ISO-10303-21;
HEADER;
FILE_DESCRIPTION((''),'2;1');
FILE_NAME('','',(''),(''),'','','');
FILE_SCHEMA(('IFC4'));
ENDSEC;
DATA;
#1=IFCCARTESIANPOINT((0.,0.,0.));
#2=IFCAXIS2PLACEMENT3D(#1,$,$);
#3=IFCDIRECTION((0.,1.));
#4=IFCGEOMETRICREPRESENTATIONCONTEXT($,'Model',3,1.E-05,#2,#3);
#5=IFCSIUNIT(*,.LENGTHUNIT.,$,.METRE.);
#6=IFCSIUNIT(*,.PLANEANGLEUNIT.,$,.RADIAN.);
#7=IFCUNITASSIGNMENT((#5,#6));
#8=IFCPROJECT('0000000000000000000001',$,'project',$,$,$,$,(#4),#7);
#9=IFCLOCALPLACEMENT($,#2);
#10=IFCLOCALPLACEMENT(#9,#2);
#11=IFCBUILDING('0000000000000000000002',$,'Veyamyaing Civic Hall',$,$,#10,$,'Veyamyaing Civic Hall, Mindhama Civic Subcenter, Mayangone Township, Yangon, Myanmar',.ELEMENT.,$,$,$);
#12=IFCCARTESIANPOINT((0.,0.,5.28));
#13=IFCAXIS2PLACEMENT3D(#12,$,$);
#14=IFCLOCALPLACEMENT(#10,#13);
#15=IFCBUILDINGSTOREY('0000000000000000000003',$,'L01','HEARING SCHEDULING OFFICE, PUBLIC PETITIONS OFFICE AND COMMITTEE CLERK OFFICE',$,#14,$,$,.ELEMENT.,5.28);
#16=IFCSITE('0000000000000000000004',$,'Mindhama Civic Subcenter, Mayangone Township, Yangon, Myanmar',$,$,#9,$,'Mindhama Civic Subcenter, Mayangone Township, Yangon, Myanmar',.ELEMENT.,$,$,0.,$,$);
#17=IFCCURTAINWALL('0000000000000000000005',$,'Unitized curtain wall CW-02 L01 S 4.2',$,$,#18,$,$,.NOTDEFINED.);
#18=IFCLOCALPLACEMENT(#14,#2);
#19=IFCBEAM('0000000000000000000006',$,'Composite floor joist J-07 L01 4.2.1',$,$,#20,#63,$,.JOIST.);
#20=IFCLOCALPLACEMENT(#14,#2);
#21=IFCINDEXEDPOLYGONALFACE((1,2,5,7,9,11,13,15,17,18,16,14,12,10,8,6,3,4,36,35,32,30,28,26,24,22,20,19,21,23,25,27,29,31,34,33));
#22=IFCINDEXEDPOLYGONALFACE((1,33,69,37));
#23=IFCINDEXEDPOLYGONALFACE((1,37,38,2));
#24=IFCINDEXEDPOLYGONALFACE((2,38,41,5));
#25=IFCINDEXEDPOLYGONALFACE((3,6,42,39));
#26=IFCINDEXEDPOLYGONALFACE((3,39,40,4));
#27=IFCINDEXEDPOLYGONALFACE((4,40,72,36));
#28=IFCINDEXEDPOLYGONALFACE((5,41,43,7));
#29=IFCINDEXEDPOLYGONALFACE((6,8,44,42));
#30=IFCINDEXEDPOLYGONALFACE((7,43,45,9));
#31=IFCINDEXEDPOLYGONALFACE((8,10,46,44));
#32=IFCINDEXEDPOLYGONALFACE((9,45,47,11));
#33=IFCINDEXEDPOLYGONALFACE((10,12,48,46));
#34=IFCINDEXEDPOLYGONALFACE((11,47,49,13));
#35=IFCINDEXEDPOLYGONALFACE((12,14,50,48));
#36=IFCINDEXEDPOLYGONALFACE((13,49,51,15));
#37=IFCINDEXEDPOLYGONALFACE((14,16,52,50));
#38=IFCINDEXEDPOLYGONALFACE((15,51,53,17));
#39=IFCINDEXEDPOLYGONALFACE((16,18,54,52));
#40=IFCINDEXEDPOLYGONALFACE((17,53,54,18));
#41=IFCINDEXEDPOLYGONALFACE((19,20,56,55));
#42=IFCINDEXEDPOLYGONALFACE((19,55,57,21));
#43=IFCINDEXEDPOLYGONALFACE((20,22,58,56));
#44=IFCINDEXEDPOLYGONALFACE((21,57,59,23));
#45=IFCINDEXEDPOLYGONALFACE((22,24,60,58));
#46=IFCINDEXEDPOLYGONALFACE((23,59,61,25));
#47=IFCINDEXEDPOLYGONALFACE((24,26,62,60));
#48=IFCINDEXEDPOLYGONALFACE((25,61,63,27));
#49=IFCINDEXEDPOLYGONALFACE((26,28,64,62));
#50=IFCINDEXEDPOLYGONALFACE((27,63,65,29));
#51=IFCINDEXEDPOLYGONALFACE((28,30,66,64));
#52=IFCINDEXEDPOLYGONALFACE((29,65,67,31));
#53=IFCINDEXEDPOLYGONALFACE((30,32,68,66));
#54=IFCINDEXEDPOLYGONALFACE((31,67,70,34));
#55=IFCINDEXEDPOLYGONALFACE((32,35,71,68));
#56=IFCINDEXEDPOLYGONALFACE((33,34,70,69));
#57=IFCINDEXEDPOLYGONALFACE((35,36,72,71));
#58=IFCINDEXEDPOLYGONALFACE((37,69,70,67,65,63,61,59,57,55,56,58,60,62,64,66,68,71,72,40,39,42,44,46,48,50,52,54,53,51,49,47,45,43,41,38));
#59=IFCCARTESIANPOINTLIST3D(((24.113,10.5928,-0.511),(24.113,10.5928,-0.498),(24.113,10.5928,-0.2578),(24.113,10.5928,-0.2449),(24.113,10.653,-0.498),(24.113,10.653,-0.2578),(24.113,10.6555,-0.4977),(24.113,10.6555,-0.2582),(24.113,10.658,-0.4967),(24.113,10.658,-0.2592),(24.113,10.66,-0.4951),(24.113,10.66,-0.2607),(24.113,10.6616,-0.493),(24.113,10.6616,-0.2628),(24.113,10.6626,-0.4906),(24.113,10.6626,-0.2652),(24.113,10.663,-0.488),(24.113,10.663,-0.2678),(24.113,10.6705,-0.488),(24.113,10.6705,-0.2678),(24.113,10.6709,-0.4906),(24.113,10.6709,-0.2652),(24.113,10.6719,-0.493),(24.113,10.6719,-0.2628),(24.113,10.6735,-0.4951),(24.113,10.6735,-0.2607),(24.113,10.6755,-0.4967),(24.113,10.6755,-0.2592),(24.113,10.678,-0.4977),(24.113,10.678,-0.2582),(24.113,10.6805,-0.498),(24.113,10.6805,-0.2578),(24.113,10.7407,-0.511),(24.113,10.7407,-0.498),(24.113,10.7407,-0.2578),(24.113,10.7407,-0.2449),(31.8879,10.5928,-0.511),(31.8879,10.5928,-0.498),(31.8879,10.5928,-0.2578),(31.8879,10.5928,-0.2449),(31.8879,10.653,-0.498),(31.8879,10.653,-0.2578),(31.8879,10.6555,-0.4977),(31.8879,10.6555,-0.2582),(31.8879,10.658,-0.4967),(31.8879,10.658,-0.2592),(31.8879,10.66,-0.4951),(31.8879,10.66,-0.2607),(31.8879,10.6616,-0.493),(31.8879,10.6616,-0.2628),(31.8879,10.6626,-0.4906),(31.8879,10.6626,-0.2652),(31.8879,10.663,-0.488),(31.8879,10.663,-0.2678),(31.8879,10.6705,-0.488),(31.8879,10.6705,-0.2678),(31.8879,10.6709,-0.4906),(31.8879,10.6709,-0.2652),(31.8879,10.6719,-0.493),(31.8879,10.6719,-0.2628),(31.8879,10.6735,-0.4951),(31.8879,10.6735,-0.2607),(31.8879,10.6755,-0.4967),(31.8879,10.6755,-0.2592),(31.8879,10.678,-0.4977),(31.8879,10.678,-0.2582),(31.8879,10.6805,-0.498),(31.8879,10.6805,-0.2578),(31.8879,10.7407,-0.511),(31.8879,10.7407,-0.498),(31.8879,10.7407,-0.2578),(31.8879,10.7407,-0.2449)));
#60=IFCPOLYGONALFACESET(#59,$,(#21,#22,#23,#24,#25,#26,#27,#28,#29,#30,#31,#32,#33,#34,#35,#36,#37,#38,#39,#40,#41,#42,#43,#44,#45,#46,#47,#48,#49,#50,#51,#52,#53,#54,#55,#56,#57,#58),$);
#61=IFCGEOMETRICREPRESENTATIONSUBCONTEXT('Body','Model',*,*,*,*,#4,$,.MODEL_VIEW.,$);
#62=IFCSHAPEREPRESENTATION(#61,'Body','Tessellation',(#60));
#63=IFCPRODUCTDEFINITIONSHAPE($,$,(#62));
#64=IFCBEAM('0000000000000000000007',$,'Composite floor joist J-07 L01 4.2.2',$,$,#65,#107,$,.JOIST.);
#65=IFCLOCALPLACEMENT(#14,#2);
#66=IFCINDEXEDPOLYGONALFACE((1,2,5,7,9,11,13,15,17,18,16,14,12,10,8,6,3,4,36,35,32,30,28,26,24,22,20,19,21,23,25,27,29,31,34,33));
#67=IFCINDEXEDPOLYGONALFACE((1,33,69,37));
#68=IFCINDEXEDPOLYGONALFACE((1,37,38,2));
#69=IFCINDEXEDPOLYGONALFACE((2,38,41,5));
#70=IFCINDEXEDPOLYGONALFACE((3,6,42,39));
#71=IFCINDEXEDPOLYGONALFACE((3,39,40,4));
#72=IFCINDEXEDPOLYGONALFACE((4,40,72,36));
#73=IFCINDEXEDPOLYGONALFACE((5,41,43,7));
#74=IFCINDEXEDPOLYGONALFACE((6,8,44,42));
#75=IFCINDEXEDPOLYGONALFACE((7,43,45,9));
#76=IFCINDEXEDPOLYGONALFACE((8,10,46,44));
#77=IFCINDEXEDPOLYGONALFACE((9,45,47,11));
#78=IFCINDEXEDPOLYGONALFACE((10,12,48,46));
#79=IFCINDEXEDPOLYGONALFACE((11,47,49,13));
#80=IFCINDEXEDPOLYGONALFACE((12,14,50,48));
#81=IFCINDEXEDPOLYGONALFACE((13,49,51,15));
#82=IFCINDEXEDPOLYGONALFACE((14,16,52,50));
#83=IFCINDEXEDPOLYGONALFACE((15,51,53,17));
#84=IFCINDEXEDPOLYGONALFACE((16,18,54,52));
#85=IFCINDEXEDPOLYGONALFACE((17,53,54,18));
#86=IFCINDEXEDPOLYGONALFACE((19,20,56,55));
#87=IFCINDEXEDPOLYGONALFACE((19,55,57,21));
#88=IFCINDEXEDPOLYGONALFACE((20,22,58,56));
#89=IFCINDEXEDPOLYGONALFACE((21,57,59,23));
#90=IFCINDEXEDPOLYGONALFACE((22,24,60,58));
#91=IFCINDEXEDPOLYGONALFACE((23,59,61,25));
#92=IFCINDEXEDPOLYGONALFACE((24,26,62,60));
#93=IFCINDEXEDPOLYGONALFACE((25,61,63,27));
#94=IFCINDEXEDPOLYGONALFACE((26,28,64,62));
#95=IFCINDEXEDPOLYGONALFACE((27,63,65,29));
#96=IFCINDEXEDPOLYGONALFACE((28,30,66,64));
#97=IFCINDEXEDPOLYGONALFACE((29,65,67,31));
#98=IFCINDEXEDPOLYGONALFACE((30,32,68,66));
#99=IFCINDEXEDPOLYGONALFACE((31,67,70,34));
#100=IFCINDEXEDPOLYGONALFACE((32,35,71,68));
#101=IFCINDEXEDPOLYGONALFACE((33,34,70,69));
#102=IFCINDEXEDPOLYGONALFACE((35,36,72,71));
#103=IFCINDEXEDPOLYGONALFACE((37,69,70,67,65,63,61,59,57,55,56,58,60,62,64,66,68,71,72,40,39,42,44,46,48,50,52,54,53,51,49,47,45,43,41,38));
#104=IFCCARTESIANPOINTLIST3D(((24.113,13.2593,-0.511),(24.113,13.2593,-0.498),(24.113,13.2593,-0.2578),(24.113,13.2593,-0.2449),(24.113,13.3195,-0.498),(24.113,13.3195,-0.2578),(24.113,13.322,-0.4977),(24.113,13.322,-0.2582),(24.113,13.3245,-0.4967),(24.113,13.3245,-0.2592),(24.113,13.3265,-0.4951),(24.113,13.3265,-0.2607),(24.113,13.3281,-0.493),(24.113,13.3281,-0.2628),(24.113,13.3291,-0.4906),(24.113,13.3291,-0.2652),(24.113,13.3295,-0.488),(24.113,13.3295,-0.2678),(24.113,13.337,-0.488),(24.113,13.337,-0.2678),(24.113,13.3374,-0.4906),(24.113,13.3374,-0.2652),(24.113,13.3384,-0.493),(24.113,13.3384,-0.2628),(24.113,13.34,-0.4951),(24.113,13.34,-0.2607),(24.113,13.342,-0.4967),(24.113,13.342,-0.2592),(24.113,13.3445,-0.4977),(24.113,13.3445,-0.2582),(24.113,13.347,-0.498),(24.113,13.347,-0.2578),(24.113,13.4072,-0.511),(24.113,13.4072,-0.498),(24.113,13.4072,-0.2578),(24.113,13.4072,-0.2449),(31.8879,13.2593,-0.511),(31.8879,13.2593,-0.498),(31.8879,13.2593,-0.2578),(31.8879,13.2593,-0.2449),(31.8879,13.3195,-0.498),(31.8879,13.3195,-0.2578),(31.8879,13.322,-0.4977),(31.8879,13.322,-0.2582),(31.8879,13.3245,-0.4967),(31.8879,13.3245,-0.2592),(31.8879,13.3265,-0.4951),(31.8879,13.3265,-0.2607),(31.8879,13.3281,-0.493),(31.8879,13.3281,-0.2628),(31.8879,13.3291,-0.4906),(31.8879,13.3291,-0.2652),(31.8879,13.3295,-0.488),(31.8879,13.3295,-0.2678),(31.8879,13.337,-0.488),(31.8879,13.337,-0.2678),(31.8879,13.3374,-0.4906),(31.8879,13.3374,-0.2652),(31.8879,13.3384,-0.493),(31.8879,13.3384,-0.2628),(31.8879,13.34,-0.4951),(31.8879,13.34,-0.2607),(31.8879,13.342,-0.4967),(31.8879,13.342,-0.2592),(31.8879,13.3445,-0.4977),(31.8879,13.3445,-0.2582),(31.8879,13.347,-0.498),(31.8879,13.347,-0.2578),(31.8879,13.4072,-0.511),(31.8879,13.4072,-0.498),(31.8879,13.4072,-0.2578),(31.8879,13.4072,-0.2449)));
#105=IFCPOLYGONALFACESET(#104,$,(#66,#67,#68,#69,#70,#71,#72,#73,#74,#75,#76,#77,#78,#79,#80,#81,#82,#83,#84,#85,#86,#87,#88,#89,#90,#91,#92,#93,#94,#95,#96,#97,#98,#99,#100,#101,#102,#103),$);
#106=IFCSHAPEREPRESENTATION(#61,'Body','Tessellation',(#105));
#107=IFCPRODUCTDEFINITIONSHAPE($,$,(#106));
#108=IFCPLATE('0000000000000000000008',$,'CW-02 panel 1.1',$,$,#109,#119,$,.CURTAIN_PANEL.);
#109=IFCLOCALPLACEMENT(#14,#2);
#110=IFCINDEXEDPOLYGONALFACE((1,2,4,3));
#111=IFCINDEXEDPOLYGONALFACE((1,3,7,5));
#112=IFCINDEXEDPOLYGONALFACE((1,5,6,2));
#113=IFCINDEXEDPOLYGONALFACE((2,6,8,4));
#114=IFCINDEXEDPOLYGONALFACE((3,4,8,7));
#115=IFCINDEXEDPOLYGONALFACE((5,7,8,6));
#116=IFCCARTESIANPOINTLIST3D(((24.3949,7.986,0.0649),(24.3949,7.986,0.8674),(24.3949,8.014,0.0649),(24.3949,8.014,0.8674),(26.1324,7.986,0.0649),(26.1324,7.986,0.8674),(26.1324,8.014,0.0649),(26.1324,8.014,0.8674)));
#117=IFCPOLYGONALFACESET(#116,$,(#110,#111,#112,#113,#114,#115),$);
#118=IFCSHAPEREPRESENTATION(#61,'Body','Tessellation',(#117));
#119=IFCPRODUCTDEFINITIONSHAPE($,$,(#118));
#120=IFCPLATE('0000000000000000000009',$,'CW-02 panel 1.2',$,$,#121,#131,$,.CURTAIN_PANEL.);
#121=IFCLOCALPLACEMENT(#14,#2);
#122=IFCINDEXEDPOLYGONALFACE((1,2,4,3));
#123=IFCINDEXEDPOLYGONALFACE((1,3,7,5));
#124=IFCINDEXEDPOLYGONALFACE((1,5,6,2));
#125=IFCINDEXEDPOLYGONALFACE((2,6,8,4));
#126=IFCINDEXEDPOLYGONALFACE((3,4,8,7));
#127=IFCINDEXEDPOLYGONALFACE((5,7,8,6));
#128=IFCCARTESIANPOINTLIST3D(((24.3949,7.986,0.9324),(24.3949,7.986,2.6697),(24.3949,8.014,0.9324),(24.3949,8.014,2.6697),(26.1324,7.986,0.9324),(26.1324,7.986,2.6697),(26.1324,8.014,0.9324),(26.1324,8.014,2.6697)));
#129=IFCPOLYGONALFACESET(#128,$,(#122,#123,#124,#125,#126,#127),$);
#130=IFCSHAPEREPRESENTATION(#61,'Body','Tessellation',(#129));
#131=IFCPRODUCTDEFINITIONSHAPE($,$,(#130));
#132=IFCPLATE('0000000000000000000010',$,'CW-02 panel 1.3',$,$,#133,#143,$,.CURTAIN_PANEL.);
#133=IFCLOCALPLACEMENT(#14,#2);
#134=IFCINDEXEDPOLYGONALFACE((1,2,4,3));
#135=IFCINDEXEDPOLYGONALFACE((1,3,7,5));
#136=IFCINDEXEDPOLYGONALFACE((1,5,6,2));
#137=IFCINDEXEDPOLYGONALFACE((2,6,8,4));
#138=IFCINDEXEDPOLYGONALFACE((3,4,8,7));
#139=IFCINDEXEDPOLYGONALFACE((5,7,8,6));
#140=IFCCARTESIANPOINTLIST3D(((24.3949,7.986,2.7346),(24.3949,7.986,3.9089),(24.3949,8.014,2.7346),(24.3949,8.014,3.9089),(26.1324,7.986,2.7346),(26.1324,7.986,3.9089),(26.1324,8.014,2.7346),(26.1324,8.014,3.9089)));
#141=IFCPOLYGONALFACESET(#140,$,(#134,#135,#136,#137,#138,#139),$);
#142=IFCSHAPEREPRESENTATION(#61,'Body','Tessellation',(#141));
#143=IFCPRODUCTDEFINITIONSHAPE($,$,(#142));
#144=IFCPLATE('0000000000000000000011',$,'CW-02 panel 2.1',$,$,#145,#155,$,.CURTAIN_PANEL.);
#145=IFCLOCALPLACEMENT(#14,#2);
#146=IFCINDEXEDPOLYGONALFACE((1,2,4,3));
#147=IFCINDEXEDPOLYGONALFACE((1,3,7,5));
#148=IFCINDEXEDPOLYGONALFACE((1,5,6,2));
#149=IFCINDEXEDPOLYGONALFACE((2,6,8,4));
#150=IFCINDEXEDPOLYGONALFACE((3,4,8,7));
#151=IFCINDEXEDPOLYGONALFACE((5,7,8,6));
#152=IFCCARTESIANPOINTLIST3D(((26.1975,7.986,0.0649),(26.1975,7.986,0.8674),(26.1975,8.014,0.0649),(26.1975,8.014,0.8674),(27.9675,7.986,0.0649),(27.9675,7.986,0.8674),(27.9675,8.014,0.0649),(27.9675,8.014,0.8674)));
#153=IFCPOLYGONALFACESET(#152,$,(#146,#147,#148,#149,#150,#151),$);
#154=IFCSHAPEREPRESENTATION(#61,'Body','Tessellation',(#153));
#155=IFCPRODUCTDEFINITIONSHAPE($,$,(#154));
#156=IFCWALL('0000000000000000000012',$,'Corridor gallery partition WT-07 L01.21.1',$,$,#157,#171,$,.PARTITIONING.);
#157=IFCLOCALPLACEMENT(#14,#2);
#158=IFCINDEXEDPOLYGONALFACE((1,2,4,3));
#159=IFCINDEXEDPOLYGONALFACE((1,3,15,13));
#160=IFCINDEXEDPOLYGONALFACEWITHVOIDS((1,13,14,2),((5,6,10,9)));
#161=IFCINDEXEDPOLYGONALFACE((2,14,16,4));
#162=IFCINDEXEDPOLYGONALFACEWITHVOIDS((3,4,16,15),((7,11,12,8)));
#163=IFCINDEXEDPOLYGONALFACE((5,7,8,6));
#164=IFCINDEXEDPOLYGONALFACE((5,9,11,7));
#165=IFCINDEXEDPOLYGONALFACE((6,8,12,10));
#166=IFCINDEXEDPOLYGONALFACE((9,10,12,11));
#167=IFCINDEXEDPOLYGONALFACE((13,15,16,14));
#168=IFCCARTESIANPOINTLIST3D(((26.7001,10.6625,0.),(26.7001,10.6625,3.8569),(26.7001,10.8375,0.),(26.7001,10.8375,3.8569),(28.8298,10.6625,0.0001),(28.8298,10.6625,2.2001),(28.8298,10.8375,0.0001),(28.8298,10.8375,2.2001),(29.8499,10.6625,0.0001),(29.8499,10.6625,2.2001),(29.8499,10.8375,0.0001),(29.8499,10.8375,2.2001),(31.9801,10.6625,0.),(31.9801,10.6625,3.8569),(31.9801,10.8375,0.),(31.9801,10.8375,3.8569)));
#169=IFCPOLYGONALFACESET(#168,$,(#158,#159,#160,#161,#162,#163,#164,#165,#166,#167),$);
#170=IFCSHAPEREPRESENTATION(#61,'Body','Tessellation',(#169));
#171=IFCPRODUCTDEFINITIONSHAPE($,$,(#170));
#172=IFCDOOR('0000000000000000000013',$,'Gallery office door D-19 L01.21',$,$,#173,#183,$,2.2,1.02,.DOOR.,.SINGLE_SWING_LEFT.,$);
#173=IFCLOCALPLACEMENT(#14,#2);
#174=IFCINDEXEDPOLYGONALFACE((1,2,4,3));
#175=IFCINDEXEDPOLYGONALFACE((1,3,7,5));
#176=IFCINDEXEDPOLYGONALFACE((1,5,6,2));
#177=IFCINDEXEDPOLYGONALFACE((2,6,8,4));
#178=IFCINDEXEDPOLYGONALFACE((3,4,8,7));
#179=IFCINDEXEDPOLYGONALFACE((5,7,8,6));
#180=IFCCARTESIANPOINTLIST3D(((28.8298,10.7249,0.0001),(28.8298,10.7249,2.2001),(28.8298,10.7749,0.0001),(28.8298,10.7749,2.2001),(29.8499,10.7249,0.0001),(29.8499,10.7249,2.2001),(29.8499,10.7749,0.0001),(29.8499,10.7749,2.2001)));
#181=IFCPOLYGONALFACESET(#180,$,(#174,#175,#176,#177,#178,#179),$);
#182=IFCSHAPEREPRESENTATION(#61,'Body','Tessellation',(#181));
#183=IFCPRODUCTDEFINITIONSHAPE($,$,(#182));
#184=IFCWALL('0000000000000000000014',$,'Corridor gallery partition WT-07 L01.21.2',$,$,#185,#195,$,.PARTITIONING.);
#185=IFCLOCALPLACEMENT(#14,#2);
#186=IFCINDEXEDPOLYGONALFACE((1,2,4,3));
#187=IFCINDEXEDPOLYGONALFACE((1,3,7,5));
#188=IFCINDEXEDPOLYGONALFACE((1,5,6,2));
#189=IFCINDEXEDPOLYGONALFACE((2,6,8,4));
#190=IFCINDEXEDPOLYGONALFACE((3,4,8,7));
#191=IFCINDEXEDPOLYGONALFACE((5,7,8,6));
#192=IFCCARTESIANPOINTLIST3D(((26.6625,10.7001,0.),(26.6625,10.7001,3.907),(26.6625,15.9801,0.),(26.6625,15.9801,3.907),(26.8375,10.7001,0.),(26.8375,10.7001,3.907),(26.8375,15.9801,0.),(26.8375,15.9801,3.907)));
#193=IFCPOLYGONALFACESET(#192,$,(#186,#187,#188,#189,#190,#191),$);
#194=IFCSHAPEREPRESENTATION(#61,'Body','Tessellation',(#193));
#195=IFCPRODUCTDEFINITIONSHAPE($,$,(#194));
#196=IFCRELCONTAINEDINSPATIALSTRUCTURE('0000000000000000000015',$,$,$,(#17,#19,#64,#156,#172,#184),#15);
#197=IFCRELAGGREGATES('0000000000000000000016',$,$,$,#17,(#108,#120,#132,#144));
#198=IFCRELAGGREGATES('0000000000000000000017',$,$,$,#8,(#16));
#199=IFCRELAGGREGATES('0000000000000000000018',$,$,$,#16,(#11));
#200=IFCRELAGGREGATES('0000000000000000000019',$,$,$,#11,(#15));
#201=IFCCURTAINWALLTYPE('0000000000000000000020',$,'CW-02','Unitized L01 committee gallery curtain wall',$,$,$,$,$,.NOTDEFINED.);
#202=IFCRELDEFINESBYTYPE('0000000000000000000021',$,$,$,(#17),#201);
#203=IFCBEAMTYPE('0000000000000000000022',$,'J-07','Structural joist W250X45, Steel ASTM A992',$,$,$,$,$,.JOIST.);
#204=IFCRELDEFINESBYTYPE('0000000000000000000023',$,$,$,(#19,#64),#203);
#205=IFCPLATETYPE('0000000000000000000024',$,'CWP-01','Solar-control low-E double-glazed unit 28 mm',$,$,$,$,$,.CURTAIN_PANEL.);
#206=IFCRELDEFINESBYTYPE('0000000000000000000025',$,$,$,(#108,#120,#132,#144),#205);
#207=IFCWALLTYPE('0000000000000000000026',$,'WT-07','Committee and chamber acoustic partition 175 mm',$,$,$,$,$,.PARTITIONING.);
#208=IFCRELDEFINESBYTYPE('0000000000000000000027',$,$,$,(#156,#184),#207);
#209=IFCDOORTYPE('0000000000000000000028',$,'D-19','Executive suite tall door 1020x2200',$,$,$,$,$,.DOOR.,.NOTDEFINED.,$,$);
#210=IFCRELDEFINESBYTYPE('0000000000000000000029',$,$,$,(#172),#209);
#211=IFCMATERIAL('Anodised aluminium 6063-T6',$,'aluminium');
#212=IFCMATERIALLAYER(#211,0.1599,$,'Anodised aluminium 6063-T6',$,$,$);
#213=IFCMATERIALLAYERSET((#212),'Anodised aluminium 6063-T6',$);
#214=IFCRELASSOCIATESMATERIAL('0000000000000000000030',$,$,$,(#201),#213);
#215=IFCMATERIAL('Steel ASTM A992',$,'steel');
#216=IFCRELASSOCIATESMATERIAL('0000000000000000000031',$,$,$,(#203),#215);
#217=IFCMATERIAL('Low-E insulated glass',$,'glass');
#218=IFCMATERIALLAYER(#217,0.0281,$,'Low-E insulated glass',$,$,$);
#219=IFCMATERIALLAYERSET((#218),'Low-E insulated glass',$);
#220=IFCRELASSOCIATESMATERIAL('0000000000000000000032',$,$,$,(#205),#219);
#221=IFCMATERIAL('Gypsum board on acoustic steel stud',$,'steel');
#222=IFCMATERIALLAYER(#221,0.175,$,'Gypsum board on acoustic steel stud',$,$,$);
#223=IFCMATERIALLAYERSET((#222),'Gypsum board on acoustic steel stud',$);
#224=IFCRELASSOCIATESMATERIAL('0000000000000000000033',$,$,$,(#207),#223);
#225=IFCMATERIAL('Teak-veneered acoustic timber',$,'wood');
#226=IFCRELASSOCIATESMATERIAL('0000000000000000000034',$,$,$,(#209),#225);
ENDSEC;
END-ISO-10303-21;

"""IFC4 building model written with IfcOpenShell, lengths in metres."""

from ifc_helpers import new_model, si_unit, direction, frame, frame_2d, origin, origin_2d, place, context, subcontext, project, spatial, rectangle, i_section, extrude, material, layer, layer_set, material_profile, profile_set, type_object, element, fill, aggregate, save


model = new_model("IFC4")

# Units and contexts
model_context = context("Model", 3, precision=1e-05, world=origin(), true_north=direction((0.0, 1.0)))
body_context = subcontext(model_context, "Body", "Model", "MODEL_VIEW")
ifc_project = project(units=[si_unit("LENGTHUNIT", "METRE"), si_unit("PLANEANGLEUNIT", "RADIAN")], contexts=[model_context])

# Site, building, storey
site_placement = place(None, origin())
site = spatial("IfcSite", under=ifc_project, at=site_placement, Name="Mindhama Civic Subcenter, Mayangone Township, Yangon, Myanmar", LongName="Mindhama Civic Subcenter, Mayangone Township, Yangon, Myanmar", CompositionType="ELEMENT", RefElevation=0.0)
building_placement = place(site_placement, origin())
building = spatial("IfcBuilding", under=site, at=building_placement, Name="Veyamyaing Civic Hall", LongName="Veyamyaing Civic Hall, Mindhama Civic Subcenter, Mayangone Township, Yangon, Myanmar", CompositionType="ELEMENT")
storey_placement = place(building_placement, frame((0.0, 0.0, 5.28)))
storey = spatial("IfcBuildingStorey", under=building, at=storey_placement, Name="L01", Description="HEARING SCHEDULING OFFICE, PUBLIC PETITIONS OFFICE AND COMMITTEE CLERK OFFICE", CompositionType="ELEMENT", Elevation=5.28)

# Shared definitions
ifc_material_1 = material(Name="Steel ASTM A992", Category="steel")

# Curtain wall
ifc_material_2 = material(Name="Anodised aluminium 6063-T6", Category="aluminium")
ifc_layer_1 = layer(ifc_material_2, 0.1599, Name="Anodised aluminium 6063-T6")
ifc_layer_set_1 = layer_set([ifc_layer_1], Name="Anodised aluminium 6063-T6")
curtain_wall_type = type_object("IfcCurtainWallType", Name="CW-02", Description="Unitized L01 committee gallery curtain wall", PredefinedType="NOTDEFINED", material=ifc_layer_set_1)
curtain_wall_placement = place(storey_placement, origin())
curtain_wall = element("IfcCurtainWall", 1, at=curtain_wall_placement, inside=storey, type_object=curtain_wall_type, Name="Unitized curtain wall CW-02 L01 S 4.2", PredefinedType="NOTDEFINED")

# Beams
ifc_material_profile_1 = material_profile(ifc_material_1, i_section(OverallWidth=0.1479, OverallDepth=0.2661, WebThickness=0.0076, FlangeThickness=0.0129, FilletRadius=0.01, at=origin_2d()), Name="W250X45")
ifc_profile_set_1 = profile_set([ifc_material_profile_1], Name="Steel ASTM A992")
beam_type_1 = type_object("IfcBeamType", Name="J-07", Description="Structural joist W250X45, Steel ASTM A992", PredefinedType="JOIST", material=ifc_profile_set_1)
for number, where, z_axis, x_axis, name in (
    (2, (24.113, 10.6667, -0.3779), (1.0, 0.0, 0.0), (0.0, 1.0, 0.0), "Composite floor joist J-07 L01 4.2.1"),
    (3, (24.113, 13.3333, -0.3779), (1.0, 0.0, 0.0), (0.0, 1.0, 0.0), "Composite floor joist J-07 L01 4.2.2"),
):
    element("IfcBeam", number, at=place(storey_placement, frame(where, z_axis=z_axis, x_axis=x_axis)), inside=storey, type_object=beam_type_1, Name=name, PredefinedType="JOIST", context=body_context, shape_type="SweptSolid", body=[
        extrude(i_section(OverallWidth=0.1479, OverallDepth=0.2661, WebThickness=0.0076, FlangeThickness=0.0129, FilletRadius=0.01, at=origin_2d()), origin(), (0.0, 0.0, 1.0), 7.7749),
    ])

# Plates
ifc_material_3 = material(Name="Low-E insulated glass", Category="glass")
ifc_layer_2 = layer(ifc_material_3, 0.0281, Name="Low-E insulated glass")
ifc_layer_set_2 = layer_set([ifc_layer_2], Name="Low-E insulated glass")
plate_type = type_object("IfcPlateType", Name="CWP-01", Description="Solar-control low-E double-glazed unit 28 mm", PredefinedType="CURTAIN_PANEL", material=ifc_layer_set_2)
plate_1_placement = place(storey_placement, frame((25.2637, 8.0, 0.0649), z_axis=(0.0, 0.0, 1.0), x_axis=(1.0, 0.0, 0.0)))
plate_1 = element("IfcPlate", 4, at=plate_1_placement, type_object=plate_type, Name="CW-02 panel 1.1", PredefinedType="CURTAIN_PANEL", context=body_context, shape_type="SweptSolid", body=[
    extrude(rectangle(XDim=1.7375, YDim=0.0281, at=origin_2d()), origin(), (0.0, 0.0, 1.0), 0.8025),
])
plate_2_placement = place(storey_placement, frame((25.2637, 8.0, 0.9324), z_axis=(0.0, 0.0, 1.0), x_axis=(1.0, 0.0, 0.0)))
plate_2 = element("IfcPlate", 5, at=plate_2_placement, type_object=plate_type, Name="CW-02 panel 1.2", PredefinedType="CURTAIN_PANEL", context=body_context, shape_type="SweptSolid", body=[
    extrude(rectangle(XDim=1.7375, YDim=0.0281, at=origin_2d()), origin(), (0.0, 0.0, 1.0), 1.7373),
])
plate_3_placement = place(storey_placement, frame((25.2637, 8.0, 2.7346), z_axis=(0.0, 0.0, 1.0), x_axis=(1.0, 0.0, 0.0)))
plate_3 = element("IfcPlate", 6, at=plate_3_placement, type_object=plate_type, Name="CW-02 panel 1.3", PredefinedType="CURTAIN_PANEL", context=body_context, shape_type="SweptSolid", body=[
    extrude(rectangle(XDim=1.7375, YDim=0.0281, at=origin_2d()), origin(), (0.0, 0.0, 1.0), 1.1743),
])
plate_4_placement = place(storey_placement, frame((27.0825, 8.0, 0.0649), z_axis=(0.0, 0.0, 1.0), x_axis=(1.0, 0.0, 0.0)))
plate_4 = element("IfcPlate", 7, at=plate_4_placement, type_object=plate_type, Name="CW-02 panel 2.1", PredefinedType="CURTAIN_PANEL", context=body_context, shape_type="SweptSolid", body=[
    extrude(rectangle(XDim=1.77, YDim=0.0281, at=origin_2d()), origin(), (0.0, 0.0, 1.0), 0.8025),
])
aggregate(curtain_wall, [plate_1, plate_2, plate_3, plate_4])

# Wall, opening, door
ifc_material_4 = material(Name="Gypsum board on acoustic steel stud", Category="steel")
ifc_layer_3 = layer(ifc_material_4, 0.175, Name="Gypsum board on acoustic steel stud")
ifc_layer_set_3 = layer_set([ifc_layer_3], Name="Gypsum board on acoustic steel stud")
wall_type = type_object("IfcWallType", Name="WT-07", Description="Committee and chamber acoustic partition 175 mm", PredefinedType="PARTITIONING", material=ifc_layer_set_3)
wall_1_placement = place(storey_placement, frame((26.7, 10.75, 0.0), z_axis=(0.0, 0.0, 1.0), x_axis=(1.0, 0.0, 0.0)))
wall_1 = element("IfcWall", 8, at=wall_1_placement, inside=storey, type_object=wall_type, Name="Corridor gallery partition WT-07 L01.21.1", PredefinedType="PARTITIONING", context=body_context, shape_type="SweptSolid", body=[
    extrude(rectangle(XDim=5.28, YDim=0.175, at=frame_2d((2.6401, 0.0))), origin(), (0.0, 0.0, 1.0), 3.8569),
])
opening_placement = place(wall_1_placement, frame((2.1299, 0.0, 0.0)))
opening = element("IfcOpeningElement", 9, at=opening_placement, cuts=wall_1, PredefinedType="OPENING", context=body_context, shape_type="SweptSolid", body=[
    extrude(rectangle(XDim=1.02, YDim=2.2, at=frame_2d((0.51, 1.1001))), frame((0.0, 0.0974, 0.0), z_axis=(0.0, -1.0, 0.0), x_axis=(1.0, 0.0, 0.0)), (0.0, 0.0, 1.0), 0.1951),
])
ifc_material_5 = material(Name="Teak-veneered acoustic timber", Category="wood")
door_type = type_object("IfcDoorType", Name="D-19", Description="Executive suite tall door 1020x2200", OperationType="NOTDEFINED", PredefinedType="DOOR", material=ifc_material_5)
door_placement = place(opening_placement, origin())
door = element("IfcDoor", 10, at=door_placement, inside=storey, type_object=door_type, Name="Gallery office door D-19 L01.21", OperationType="SINGLE_SWING_LEFT", OverallHeight=2.2, OverallWidth=1.02, PredefinedType="DOOR", context=body_context, shape_type="SweptSolid", body=[
    extrude(rectangle(XDim=1.02, YDim=2.2, at=frame_2d((0.51, 1.1001))), frame((0.0, 0.0249, 0.0), z_axis=(0.0, -1.0, 0.0), x_axis=(1.0, 0.0, 0.0)), (0.0, 0.0, 1.0), 0.05),
])
fill(opening, door)

# Wall
wall_2_placement = place(storey_placement, frame((26.75, 10.7, 0.0), z_axis=(0.0, 0.0, 1.0), x_axis=(0.0, 1.0, 0.0)))
element("IfcWall", 11, at=wall_2_placement, inside=storey, type_object=wall_type, Name="Corridor gallery partition WT-07 L01.21.2", PredefinedType="PARTITIONING", context=body_context, shape_type="SweptSolid", body=[
    extrude(rectangle(XDim=5.28, YDim=0.175, at=frame_2d((2.6401, 0.0))), origin(), (0.0, 0.0, 1.0), 3.907),
])

save(model, "model.ifc")
